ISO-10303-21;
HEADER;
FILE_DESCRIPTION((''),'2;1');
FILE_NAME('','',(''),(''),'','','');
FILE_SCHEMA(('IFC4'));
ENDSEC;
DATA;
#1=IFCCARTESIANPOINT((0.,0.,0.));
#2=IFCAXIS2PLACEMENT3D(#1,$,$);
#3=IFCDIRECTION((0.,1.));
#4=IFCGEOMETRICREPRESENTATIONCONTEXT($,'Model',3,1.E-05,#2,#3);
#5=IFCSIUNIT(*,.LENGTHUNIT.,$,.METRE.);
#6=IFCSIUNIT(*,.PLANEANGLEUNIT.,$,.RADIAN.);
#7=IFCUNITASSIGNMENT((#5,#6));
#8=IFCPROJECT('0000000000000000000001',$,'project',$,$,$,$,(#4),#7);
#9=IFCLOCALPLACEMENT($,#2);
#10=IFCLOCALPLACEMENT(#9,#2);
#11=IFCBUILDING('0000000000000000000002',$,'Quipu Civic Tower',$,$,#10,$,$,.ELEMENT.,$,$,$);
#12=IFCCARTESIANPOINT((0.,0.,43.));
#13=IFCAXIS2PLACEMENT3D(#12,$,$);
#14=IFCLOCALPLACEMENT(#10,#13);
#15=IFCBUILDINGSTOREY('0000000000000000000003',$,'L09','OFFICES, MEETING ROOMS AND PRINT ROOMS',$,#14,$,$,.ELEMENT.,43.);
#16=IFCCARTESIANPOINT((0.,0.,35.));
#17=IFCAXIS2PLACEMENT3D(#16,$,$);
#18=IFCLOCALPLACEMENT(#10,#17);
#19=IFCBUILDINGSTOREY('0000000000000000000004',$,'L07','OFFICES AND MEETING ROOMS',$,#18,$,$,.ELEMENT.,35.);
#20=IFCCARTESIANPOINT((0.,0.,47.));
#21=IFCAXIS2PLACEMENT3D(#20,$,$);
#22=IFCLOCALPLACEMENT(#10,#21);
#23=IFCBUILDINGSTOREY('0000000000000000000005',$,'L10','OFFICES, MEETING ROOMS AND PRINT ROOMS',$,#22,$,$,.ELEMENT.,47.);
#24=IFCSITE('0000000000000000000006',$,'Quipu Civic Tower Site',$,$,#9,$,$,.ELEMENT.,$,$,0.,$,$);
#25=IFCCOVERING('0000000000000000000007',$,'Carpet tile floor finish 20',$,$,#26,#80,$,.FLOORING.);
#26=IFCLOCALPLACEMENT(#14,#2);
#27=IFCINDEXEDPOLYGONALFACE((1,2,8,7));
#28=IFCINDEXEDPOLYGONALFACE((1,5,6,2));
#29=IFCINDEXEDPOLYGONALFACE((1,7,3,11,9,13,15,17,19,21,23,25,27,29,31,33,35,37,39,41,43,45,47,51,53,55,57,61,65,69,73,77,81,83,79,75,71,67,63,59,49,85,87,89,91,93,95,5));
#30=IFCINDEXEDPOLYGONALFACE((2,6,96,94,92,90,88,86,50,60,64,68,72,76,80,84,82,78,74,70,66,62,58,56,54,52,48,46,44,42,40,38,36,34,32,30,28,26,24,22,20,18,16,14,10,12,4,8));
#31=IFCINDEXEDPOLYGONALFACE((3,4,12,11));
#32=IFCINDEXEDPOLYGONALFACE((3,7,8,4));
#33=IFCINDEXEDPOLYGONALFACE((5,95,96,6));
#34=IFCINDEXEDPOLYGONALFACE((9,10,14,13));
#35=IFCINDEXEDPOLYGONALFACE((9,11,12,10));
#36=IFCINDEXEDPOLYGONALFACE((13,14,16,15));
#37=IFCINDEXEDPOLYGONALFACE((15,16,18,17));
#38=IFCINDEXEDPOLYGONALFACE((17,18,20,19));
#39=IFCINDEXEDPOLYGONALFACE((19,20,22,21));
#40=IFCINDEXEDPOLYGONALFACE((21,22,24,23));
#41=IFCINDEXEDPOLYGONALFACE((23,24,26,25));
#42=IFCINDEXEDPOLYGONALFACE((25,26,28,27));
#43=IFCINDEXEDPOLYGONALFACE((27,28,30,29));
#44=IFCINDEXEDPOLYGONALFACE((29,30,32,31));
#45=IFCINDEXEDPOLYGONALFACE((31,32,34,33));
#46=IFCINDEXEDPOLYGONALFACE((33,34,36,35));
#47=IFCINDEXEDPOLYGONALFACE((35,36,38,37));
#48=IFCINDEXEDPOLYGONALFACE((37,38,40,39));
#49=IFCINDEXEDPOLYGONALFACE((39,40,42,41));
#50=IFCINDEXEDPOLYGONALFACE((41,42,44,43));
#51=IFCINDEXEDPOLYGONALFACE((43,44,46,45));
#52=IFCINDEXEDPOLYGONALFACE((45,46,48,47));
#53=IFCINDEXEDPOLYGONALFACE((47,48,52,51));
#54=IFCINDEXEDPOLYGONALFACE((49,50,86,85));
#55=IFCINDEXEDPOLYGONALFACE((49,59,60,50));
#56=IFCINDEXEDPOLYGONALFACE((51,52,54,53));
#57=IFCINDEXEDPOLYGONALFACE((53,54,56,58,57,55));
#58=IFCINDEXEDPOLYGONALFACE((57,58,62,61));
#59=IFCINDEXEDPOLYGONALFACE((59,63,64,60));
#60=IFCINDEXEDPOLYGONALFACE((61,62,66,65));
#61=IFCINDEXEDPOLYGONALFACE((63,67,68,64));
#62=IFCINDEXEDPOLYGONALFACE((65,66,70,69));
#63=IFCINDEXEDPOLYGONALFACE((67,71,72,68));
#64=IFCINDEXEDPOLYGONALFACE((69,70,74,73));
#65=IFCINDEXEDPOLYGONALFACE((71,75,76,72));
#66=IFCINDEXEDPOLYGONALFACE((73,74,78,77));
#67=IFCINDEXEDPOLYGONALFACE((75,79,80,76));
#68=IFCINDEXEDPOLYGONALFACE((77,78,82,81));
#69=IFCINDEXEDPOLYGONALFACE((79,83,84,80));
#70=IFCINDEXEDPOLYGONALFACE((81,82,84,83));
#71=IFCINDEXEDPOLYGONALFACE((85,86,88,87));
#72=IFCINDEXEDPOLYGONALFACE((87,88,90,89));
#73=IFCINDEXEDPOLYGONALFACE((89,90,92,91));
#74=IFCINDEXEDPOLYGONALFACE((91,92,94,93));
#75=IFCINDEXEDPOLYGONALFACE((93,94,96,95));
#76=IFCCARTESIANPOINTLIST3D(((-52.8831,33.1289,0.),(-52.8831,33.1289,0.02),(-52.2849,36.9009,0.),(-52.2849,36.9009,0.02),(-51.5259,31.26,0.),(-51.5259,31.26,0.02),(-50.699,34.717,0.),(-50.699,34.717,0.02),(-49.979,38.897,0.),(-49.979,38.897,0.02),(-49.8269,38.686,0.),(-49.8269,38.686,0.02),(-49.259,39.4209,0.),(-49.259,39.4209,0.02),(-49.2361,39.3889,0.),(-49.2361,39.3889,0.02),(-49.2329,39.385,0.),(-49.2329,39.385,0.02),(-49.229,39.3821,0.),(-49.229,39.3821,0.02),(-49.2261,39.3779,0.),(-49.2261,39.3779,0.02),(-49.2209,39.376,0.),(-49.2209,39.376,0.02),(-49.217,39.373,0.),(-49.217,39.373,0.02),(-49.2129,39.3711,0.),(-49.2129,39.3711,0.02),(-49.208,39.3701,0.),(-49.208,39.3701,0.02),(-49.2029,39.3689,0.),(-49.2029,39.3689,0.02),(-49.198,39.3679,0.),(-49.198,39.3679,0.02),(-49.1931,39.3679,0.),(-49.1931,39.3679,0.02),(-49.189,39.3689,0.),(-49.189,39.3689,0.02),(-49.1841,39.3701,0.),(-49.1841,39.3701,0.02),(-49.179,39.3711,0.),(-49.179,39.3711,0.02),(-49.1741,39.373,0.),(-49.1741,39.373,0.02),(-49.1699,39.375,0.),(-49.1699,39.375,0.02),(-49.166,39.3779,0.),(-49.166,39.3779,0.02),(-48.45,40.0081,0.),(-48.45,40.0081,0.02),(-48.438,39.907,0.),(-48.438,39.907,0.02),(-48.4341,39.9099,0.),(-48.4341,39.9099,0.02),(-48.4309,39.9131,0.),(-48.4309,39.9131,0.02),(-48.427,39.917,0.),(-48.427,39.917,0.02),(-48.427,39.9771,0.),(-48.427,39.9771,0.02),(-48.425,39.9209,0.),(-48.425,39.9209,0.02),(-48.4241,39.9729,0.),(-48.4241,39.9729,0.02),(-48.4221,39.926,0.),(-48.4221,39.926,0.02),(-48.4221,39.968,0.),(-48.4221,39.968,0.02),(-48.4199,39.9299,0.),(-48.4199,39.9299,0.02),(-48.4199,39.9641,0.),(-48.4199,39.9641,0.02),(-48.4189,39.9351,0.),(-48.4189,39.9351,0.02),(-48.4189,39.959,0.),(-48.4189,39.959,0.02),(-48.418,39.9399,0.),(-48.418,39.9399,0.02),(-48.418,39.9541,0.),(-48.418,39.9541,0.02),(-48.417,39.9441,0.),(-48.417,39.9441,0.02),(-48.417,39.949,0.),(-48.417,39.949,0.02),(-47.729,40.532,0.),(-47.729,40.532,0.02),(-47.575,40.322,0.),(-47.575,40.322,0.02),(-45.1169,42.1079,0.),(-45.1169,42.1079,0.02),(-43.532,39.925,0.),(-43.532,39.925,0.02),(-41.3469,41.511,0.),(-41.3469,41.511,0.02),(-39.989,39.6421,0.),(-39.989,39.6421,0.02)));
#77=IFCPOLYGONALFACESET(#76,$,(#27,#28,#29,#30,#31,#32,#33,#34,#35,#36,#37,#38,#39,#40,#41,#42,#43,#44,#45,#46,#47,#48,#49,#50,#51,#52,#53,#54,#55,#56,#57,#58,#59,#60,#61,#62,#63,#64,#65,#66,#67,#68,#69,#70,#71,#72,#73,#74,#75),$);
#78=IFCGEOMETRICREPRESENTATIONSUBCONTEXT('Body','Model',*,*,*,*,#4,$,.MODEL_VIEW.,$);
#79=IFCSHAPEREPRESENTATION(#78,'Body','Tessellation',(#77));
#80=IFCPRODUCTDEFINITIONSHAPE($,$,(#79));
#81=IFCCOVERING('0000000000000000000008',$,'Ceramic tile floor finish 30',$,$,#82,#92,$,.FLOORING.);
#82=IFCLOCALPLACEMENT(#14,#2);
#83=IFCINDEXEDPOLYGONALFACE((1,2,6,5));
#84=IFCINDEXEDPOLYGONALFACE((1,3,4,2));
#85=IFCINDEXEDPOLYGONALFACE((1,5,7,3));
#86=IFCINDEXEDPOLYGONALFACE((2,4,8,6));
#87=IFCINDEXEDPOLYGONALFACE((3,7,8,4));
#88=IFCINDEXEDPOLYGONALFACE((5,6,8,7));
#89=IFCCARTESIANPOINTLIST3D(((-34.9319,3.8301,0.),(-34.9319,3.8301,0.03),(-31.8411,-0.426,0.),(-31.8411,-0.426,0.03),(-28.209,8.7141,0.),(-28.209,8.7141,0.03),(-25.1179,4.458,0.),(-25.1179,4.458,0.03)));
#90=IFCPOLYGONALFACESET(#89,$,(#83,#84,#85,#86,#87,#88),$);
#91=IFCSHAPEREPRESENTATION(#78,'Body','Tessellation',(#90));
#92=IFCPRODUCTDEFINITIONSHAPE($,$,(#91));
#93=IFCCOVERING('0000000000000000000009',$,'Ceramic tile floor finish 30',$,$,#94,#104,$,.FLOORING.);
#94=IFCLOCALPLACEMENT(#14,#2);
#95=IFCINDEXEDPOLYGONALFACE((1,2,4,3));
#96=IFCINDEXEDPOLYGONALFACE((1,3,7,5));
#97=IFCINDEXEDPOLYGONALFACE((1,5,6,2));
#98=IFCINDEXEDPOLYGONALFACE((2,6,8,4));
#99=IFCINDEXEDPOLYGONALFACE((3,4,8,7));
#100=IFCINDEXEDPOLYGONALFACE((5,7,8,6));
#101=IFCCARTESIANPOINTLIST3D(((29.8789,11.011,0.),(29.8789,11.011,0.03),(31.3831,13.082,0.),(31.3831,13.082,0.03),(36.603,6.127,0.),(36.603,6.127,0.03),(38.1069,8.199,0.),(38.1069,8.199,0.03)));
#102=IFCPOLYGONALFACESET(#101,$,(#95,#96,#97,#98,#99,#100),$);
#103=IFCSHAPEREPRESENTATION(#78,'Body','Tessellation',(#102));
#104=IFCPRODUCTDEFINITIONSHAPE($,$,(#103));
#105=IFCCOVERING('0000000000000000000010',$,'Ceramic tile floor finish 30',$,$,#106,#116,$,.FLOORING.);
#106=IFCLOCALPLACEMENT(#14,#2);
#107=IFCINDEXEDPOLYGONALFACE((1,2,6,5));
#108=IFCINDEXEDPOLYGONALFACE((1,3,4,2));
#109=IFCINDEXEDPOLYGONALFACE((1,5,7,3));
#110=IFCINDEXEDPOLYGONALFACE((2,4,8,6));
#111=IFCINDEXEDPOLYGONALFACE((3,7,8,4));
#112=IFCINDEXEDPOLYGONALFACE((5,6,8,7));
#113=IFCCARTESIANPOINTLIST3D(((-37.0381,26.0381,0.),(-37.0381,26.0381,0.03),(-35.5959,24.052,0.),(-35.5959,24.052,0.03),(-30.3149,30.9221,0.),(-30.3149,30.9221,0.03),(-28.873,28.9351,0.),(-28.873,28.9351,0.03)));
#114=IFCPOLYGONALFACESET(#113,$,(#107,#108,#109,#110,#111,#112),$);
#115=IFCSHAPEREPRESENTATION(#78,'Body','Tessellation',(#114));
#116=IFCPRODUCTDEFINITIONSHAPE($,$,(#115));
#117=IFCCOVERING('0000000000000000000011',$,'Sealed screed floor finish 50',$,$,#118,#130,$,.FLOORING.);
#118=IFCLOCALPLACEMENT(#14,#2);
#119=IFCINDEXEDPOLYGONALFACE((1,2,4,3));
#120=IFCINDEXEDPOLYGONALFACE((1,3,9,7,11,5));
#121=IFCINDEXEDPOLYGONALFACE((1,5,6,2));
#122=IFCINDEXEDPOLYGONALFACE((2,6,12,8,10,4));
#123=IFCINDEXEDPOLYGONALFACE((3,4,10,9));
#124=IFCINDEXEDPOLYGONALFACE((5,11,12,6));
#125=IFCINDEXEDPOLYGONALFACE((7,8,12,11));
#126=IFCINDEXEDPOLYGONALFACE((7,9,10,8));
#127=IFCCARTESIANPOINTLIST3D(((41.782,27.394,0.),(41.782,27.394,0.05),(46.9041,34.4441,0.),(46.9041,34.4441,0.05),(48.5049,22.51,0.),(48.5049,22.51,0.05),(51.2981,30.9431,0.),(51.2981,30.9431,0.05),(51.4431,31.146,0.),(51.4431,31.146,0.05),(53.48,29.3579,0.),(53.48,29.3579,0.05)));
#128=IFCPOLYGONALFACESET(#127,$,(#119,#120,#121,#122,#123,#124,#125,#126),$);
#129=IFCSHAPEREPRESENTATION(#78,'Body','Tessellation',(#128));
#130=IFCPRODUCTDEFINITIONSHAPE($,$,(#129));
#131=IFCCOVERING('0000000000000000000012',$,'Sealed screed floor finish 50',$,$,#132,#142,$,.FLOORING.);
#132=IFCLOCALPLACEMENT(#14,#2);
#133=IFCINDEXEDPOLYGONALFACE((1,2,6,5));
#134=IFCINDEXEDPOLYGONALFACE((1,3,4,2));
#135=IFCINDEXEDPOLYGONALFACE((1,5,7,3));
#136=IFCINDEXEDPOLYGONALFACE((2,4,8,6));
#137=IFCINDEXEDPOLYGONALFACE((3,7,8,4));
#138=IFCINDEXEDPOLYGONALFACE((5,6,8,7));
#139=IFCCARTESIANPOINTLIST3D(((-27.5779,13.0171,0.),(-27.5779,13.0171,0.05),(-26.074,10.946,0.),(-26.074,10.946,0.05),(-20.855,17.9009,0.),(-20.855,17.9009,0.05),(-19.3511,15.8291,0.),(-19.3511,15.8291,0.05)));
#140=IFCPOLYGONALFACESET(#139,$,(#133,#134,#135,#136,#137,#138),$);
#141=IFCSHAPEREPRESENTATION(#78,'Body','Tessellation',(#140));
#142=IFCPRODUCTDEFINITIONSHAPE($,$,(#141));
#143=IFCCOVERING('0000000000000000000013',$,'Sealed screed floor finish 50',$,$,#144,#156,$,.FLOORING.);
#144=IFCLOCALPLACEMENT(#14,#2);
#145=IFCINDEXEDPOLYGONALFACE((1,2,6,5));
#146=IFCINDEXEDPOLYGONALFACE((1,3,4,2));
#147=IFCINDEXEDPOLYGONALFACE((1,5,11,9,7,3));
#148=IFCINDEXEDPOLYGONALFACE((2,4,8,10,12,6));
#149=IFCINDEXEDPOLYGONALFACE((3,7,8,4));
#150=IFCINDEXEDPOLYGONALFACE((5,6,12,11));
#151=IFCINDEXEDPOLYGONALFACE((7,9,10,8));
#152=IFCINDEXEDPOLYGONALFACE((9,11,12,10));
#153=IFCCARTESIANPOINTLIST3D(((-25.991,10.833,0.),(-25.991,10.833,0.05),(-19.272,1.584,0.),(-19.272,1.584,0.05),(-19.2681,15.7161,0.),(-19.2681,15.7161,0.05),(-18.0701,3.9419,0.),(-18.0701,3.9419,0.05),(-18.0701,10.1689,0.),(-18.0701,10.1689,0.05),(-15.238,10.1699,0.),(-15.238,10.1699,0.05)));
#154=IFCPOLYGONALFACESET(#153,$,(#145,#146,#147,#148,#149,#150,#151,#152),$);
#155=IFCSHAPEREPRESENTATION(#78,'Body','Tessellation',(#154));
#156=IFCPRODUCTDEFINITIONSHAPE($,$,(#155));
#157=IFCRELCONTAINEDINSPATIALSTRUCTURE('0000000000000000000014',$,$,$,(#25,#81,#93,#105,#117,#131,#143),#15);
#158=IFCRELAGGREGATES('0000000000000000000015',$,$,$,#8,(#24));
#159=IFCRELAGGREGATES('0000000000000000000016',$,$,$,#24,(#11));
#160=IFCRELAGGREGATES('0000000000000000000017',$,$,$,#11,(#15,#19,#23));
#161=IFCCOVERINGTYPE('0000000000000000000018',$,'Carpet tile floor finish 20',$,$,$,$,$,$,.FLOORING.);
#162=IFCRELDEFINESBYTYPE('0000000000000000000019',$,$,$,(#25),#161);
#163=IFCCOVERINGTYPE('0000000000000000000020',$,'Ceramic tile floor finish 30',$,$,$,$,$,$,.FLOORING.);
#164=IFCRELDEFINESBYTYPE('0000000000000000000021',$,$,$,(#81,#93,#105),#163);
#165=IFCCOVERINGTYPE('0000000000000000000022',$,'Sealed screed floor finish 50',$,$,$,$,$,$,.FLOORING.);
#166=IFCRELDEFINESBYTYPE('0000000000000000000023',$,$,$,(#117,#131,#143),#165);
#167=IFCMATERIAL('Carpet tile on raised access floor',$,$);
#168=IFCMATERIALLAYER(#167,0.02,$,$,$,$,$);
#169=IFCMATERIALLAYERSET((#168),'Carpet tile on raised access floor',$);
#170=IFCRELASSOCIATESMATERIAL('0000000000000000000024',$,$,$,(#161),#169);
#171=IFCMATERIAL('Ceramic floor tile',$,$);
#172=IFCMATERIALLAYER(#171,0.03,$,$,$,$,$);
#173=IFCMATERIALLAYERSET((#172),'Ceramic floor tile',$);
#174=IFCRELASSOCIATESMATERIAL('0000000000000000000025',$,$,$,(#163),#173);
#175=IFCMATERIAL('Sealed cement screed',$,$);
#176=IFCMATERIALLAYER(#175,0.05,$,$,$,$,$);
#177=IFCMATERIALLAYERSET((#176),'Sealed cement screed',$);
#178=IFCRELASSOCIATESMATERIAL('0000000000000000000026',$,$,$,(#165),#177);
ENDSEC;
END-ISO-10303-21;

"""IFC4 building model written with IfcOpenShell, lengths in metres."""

from ifc_helpers import new_model, si_unit, direction, frame, origin, place, context, subcontext, project, spatial, polyline, outline, extrude, material, layer, layer_set, type_object, element, save


model = new_model("IFC4")

# Units and contexts
model_context = context("Model", 3, precision=1e-05, world=origin(), true_north=direction((0.0, 1.0)))
body_context = subcontext(model_context, "Body", "Model", "MODEL_VIEW")
ifc_project = project(units=[si_unit("LENGTHUNIT", "METRE"), si_unit("PLANEANGLEUNIT", "RADIAN")], contexts=[model_context])

# Site, building, storey
site_placement = place(None, origin())
site = spatial("IfcSite", under=ifc_project, at=site_placement, Name="Quipu Civic Tower Site", CompositionType="ELEMENT", RefElevation=0.0)
building_placement = place(site_placement, origin())
building = spatial("IfcBuilding", under=site, at=building_placement, Name="Quipu Civic Tower", CompositionType="ELEMENT")
storey_1_placement = place(building_placement, frame((0.0, 0.0, 43.0)))
storey_1 = spatial("IfcBuildingStorey", under=building, at=storey_1_placement, Name="L09", Description="OFFICES, MEETING ROOMS AND PRINT ROOMS", CompositionType="ELEMENT", Elevation=43.0)

# Shared definitions
storey_2_placement = place(building_placement, frame((0.0, 0.0, 35.0)))
storey_2 = spatial("IfcBuildingStorey", under=building, at=storey_2_placement, Name="L07", Description="OFFICES AND MEETING ROOMS", CompositionType="ELEMENT", Elevation=35.0)

# Shared definitions
storey_3_placement = place(building_placement, frame((0.0, 0.0, 47.0)))
storey_3 = spatial("IfcBuildingStorey", under=building, at=storey_3_placement, Name="L10", Description="OFFICES, MEETING ROOMS AND PRINT ROOMS", CompositionType="ELEMENT", Elevation=47.0)

# Coverings
ifc_material_1 = material(Name="Carpet tile on raised access floor")
ifc_layer_1 = layer(ifc_material_1, 0.02)
ifc_layer_set_1 = layer_set([ifc_layer_1], Name="Carpet tile on raised access floor")
covering_type_1 = type_object("IfcCoveringType", Name="Carpet tile floor finish 20", PredefinedType="FLOORING", material=ifc_layer_set_1)
covering_1_placement = place(storey_1_placement, origin())
element("IfcCovering", 1, at=covering_1_placement, inside=storey_1, type_object=covering_type_1, Name="Carpet tile floor finish 20", PredefinedType="FLOORING", context=body_context, shape_type="SweptSolid", body=[
    extrude(outline(polyline([(-52.8831, 33.1289), (-50.699, 34.717), (-52.2849, 36.9009), (-49.8269, 38.686), (-49.979, 38.897), (-49.259, 39.4209), (-49.2361, 39.3889), (-49.2329, 39.385), (-49.229, 39.3821), (-49.2261, 39.3779), (-49.2209, 39.376), (-49.217, 39.373), (-49.2129, 39.3711), (-49.208, 39.3701), (-49.2029, 39.3689), (-49.198, 39.3679), (-49.1931, 39.3679), (-49.189, 39.3689), (-49.1841, 39.3701), (-49.179, 39.3711), (-49.1741, 39.373), (-49.1699, 39.375), (-49.166, 39.3779), (-48.438, 39.907), (-48.4341, 39.9099), (-48.4309, 39.9131), (-48.427, 39.917), (-48.425, 39.9209), (-48.4221, 39.926), (-48.4199, 39.9299), (-48.4189, 39.9351), (-48.418, 39.9399), (-48.417, 39.9441), (-48.417, 39.949), (-48.418, 39.9541), (-48.4189, 39.959), (-48.4199, 39.9641), (-48.4221, 39.968), (-48.4241, 39.9729), (-48.427, 39.9771), (-48.45, 40.0081), (-47.729, 40.532), (-47.575, 40.322), (-45.1169, 42.1079), (-43.532, 39.925), (-41.3469, 41.511), (-39.989, 39.6421), (-51.5259, 31.26), (-52.8831, 33.1289)])), origin(), (0.0, 0.0, 1.0), 0.02),
])
ifc_material_2 = material(Name="Ceramic floor tile")
ifc_layer_2 = layer(ifc_material_2, 0.03)
ifc_layer_set_2 = layer_set([ifc_layer_2], Name="Ceramic floor tile")
covering_type_2 = type_object("IfcCoveringType", Name="Ceramic tile floor finish 30", PredefinedType="FLOORING", material=ifc_layer_set_2)
covering_2_placement = place(storey_1_placement, origin())
element("IfcCovering", 2, at=covering_2_placement, inside=storey_1, type_object=covering_type_2, Name="Ceramic tile floor finish 30", PredefinedType="FLOORING", context=body_context, shape_type="SweptSolid", body=[
    extrude(outline(polyline([(-34.9319, 3.8301), (-28.209, 8.7141), (-25.1179, 4.458), (-31.8411, -0.426), (-34.9319, 3.8301)])), origin(), (0.0, 0.0, 1.0), 0.03),
])
covering_3_placement = place(storey_1_placement, origin())
element("IfcCovering", 3, at=covering_3_placement, inside=storey_1, type_object=covering_type_2, Name="Ceramic tile floor finish 30", PredefinedType="FLOORING", context=body_context, shape_type="SweptSolid", body=[
    extrude(outline(polyline([(29.8789, 11.011), (31.3831, 13.082), (38.1069, 8.199), (36.603, 6.127), (29.8789, 11.011)])), origin(), (0.0, 0.0, 1.0), 0.03),
])
covering_4_placement = place(storey_1_placement, origin())
element("IfcCovering", 4, at=covering_4_placement, inside=storey_1, type_object=covering_type_2, Name="Ceramic tile floor finish 30", PredefinedType="FLOORING", context=body_context, shape_type="SweptSolid", body=[
    extrude(outline(polyline([(-37.0381, 26.0381), (-30.3149, 30.9221), (-28.873, 28.9351), (-35.5959, 24.052), (-37.0381, 26.0381)])), origin(), (0.0, 0.0, 1.0), 0.03),
])
ifc_material_3 = material(Name="Sealed cement screed")
ifc_layer_3 = layer(ifc_material_3, 0.05)
ifc_layer_set_3 = layer_set([ifc_layer_3], Name="Sealed cement screed")
covering_type_3 = type_object("IfcCoveringType", Name="Sealed screed floor finish 50", PredefinedType="FLOORING", material=ifc_layer_set_3)
covering_5_placement = place(storey_1_placement, origin())
element("IfcCovering", 5, at=covering_5_placement, inside=storey_1, type_object=covering_type_3, Name="Sealed screed floor finish 50", PredefinedType="FLOORING", context=body_context, shape_type="SweptSolid", body=[
    extrude(outline(polyline([(41.782, 27.394), (46.9041, 34.4441), (51.4431, 31.146), (51.2981, 30.9431), (53.48, 29.3579), (48.5049, 22.51), (41.782, 27.394)])), origin(), (0.0, 0.0, 1.0), 0.05),
])
covering_6_placement = place(storey_1_placement, origin())
element("IfcCovering", 6, at=covering_6_placement, inside=storey_1, type_object=covering_type_3, Name="Sealed screed floor finish 50", PredefinedType="FLOORING", context=body_context, shape_type="SweptSolid", body=[
    extrude(outline(polyline([(-27.5779, 13.0171), (-20.855, 17.9009), (-19.3511, 15.8291), (-26.074, 10.946), (-27.5779, 13.0171)])), origin(), (0.0, 0.0, 1.0), 0.05),
])
covering_7_placement = place(storey_1_placement, origin())
element("IfcCovering", 7, at=covering_7_placement, inside=storey_1, type_object=covering_type_3, Name="Sealed screed floor finish 50", PredefinedType="FLOORING", context=body_context, shape_type="SweptSolid", body=[
    extrude(outline(polyline([(-25.991, 10.833), (-19.2681, 15.7161), (-15.238, 10.1699), (-18.0701, 10.1689), (-18.0701, 3.9419), (-19.272, 1.584), (-25.991, 10.833)])), origin(), (0.0, 0.0, 1.0), 0.05),
])

save(model, "model.ifc")
